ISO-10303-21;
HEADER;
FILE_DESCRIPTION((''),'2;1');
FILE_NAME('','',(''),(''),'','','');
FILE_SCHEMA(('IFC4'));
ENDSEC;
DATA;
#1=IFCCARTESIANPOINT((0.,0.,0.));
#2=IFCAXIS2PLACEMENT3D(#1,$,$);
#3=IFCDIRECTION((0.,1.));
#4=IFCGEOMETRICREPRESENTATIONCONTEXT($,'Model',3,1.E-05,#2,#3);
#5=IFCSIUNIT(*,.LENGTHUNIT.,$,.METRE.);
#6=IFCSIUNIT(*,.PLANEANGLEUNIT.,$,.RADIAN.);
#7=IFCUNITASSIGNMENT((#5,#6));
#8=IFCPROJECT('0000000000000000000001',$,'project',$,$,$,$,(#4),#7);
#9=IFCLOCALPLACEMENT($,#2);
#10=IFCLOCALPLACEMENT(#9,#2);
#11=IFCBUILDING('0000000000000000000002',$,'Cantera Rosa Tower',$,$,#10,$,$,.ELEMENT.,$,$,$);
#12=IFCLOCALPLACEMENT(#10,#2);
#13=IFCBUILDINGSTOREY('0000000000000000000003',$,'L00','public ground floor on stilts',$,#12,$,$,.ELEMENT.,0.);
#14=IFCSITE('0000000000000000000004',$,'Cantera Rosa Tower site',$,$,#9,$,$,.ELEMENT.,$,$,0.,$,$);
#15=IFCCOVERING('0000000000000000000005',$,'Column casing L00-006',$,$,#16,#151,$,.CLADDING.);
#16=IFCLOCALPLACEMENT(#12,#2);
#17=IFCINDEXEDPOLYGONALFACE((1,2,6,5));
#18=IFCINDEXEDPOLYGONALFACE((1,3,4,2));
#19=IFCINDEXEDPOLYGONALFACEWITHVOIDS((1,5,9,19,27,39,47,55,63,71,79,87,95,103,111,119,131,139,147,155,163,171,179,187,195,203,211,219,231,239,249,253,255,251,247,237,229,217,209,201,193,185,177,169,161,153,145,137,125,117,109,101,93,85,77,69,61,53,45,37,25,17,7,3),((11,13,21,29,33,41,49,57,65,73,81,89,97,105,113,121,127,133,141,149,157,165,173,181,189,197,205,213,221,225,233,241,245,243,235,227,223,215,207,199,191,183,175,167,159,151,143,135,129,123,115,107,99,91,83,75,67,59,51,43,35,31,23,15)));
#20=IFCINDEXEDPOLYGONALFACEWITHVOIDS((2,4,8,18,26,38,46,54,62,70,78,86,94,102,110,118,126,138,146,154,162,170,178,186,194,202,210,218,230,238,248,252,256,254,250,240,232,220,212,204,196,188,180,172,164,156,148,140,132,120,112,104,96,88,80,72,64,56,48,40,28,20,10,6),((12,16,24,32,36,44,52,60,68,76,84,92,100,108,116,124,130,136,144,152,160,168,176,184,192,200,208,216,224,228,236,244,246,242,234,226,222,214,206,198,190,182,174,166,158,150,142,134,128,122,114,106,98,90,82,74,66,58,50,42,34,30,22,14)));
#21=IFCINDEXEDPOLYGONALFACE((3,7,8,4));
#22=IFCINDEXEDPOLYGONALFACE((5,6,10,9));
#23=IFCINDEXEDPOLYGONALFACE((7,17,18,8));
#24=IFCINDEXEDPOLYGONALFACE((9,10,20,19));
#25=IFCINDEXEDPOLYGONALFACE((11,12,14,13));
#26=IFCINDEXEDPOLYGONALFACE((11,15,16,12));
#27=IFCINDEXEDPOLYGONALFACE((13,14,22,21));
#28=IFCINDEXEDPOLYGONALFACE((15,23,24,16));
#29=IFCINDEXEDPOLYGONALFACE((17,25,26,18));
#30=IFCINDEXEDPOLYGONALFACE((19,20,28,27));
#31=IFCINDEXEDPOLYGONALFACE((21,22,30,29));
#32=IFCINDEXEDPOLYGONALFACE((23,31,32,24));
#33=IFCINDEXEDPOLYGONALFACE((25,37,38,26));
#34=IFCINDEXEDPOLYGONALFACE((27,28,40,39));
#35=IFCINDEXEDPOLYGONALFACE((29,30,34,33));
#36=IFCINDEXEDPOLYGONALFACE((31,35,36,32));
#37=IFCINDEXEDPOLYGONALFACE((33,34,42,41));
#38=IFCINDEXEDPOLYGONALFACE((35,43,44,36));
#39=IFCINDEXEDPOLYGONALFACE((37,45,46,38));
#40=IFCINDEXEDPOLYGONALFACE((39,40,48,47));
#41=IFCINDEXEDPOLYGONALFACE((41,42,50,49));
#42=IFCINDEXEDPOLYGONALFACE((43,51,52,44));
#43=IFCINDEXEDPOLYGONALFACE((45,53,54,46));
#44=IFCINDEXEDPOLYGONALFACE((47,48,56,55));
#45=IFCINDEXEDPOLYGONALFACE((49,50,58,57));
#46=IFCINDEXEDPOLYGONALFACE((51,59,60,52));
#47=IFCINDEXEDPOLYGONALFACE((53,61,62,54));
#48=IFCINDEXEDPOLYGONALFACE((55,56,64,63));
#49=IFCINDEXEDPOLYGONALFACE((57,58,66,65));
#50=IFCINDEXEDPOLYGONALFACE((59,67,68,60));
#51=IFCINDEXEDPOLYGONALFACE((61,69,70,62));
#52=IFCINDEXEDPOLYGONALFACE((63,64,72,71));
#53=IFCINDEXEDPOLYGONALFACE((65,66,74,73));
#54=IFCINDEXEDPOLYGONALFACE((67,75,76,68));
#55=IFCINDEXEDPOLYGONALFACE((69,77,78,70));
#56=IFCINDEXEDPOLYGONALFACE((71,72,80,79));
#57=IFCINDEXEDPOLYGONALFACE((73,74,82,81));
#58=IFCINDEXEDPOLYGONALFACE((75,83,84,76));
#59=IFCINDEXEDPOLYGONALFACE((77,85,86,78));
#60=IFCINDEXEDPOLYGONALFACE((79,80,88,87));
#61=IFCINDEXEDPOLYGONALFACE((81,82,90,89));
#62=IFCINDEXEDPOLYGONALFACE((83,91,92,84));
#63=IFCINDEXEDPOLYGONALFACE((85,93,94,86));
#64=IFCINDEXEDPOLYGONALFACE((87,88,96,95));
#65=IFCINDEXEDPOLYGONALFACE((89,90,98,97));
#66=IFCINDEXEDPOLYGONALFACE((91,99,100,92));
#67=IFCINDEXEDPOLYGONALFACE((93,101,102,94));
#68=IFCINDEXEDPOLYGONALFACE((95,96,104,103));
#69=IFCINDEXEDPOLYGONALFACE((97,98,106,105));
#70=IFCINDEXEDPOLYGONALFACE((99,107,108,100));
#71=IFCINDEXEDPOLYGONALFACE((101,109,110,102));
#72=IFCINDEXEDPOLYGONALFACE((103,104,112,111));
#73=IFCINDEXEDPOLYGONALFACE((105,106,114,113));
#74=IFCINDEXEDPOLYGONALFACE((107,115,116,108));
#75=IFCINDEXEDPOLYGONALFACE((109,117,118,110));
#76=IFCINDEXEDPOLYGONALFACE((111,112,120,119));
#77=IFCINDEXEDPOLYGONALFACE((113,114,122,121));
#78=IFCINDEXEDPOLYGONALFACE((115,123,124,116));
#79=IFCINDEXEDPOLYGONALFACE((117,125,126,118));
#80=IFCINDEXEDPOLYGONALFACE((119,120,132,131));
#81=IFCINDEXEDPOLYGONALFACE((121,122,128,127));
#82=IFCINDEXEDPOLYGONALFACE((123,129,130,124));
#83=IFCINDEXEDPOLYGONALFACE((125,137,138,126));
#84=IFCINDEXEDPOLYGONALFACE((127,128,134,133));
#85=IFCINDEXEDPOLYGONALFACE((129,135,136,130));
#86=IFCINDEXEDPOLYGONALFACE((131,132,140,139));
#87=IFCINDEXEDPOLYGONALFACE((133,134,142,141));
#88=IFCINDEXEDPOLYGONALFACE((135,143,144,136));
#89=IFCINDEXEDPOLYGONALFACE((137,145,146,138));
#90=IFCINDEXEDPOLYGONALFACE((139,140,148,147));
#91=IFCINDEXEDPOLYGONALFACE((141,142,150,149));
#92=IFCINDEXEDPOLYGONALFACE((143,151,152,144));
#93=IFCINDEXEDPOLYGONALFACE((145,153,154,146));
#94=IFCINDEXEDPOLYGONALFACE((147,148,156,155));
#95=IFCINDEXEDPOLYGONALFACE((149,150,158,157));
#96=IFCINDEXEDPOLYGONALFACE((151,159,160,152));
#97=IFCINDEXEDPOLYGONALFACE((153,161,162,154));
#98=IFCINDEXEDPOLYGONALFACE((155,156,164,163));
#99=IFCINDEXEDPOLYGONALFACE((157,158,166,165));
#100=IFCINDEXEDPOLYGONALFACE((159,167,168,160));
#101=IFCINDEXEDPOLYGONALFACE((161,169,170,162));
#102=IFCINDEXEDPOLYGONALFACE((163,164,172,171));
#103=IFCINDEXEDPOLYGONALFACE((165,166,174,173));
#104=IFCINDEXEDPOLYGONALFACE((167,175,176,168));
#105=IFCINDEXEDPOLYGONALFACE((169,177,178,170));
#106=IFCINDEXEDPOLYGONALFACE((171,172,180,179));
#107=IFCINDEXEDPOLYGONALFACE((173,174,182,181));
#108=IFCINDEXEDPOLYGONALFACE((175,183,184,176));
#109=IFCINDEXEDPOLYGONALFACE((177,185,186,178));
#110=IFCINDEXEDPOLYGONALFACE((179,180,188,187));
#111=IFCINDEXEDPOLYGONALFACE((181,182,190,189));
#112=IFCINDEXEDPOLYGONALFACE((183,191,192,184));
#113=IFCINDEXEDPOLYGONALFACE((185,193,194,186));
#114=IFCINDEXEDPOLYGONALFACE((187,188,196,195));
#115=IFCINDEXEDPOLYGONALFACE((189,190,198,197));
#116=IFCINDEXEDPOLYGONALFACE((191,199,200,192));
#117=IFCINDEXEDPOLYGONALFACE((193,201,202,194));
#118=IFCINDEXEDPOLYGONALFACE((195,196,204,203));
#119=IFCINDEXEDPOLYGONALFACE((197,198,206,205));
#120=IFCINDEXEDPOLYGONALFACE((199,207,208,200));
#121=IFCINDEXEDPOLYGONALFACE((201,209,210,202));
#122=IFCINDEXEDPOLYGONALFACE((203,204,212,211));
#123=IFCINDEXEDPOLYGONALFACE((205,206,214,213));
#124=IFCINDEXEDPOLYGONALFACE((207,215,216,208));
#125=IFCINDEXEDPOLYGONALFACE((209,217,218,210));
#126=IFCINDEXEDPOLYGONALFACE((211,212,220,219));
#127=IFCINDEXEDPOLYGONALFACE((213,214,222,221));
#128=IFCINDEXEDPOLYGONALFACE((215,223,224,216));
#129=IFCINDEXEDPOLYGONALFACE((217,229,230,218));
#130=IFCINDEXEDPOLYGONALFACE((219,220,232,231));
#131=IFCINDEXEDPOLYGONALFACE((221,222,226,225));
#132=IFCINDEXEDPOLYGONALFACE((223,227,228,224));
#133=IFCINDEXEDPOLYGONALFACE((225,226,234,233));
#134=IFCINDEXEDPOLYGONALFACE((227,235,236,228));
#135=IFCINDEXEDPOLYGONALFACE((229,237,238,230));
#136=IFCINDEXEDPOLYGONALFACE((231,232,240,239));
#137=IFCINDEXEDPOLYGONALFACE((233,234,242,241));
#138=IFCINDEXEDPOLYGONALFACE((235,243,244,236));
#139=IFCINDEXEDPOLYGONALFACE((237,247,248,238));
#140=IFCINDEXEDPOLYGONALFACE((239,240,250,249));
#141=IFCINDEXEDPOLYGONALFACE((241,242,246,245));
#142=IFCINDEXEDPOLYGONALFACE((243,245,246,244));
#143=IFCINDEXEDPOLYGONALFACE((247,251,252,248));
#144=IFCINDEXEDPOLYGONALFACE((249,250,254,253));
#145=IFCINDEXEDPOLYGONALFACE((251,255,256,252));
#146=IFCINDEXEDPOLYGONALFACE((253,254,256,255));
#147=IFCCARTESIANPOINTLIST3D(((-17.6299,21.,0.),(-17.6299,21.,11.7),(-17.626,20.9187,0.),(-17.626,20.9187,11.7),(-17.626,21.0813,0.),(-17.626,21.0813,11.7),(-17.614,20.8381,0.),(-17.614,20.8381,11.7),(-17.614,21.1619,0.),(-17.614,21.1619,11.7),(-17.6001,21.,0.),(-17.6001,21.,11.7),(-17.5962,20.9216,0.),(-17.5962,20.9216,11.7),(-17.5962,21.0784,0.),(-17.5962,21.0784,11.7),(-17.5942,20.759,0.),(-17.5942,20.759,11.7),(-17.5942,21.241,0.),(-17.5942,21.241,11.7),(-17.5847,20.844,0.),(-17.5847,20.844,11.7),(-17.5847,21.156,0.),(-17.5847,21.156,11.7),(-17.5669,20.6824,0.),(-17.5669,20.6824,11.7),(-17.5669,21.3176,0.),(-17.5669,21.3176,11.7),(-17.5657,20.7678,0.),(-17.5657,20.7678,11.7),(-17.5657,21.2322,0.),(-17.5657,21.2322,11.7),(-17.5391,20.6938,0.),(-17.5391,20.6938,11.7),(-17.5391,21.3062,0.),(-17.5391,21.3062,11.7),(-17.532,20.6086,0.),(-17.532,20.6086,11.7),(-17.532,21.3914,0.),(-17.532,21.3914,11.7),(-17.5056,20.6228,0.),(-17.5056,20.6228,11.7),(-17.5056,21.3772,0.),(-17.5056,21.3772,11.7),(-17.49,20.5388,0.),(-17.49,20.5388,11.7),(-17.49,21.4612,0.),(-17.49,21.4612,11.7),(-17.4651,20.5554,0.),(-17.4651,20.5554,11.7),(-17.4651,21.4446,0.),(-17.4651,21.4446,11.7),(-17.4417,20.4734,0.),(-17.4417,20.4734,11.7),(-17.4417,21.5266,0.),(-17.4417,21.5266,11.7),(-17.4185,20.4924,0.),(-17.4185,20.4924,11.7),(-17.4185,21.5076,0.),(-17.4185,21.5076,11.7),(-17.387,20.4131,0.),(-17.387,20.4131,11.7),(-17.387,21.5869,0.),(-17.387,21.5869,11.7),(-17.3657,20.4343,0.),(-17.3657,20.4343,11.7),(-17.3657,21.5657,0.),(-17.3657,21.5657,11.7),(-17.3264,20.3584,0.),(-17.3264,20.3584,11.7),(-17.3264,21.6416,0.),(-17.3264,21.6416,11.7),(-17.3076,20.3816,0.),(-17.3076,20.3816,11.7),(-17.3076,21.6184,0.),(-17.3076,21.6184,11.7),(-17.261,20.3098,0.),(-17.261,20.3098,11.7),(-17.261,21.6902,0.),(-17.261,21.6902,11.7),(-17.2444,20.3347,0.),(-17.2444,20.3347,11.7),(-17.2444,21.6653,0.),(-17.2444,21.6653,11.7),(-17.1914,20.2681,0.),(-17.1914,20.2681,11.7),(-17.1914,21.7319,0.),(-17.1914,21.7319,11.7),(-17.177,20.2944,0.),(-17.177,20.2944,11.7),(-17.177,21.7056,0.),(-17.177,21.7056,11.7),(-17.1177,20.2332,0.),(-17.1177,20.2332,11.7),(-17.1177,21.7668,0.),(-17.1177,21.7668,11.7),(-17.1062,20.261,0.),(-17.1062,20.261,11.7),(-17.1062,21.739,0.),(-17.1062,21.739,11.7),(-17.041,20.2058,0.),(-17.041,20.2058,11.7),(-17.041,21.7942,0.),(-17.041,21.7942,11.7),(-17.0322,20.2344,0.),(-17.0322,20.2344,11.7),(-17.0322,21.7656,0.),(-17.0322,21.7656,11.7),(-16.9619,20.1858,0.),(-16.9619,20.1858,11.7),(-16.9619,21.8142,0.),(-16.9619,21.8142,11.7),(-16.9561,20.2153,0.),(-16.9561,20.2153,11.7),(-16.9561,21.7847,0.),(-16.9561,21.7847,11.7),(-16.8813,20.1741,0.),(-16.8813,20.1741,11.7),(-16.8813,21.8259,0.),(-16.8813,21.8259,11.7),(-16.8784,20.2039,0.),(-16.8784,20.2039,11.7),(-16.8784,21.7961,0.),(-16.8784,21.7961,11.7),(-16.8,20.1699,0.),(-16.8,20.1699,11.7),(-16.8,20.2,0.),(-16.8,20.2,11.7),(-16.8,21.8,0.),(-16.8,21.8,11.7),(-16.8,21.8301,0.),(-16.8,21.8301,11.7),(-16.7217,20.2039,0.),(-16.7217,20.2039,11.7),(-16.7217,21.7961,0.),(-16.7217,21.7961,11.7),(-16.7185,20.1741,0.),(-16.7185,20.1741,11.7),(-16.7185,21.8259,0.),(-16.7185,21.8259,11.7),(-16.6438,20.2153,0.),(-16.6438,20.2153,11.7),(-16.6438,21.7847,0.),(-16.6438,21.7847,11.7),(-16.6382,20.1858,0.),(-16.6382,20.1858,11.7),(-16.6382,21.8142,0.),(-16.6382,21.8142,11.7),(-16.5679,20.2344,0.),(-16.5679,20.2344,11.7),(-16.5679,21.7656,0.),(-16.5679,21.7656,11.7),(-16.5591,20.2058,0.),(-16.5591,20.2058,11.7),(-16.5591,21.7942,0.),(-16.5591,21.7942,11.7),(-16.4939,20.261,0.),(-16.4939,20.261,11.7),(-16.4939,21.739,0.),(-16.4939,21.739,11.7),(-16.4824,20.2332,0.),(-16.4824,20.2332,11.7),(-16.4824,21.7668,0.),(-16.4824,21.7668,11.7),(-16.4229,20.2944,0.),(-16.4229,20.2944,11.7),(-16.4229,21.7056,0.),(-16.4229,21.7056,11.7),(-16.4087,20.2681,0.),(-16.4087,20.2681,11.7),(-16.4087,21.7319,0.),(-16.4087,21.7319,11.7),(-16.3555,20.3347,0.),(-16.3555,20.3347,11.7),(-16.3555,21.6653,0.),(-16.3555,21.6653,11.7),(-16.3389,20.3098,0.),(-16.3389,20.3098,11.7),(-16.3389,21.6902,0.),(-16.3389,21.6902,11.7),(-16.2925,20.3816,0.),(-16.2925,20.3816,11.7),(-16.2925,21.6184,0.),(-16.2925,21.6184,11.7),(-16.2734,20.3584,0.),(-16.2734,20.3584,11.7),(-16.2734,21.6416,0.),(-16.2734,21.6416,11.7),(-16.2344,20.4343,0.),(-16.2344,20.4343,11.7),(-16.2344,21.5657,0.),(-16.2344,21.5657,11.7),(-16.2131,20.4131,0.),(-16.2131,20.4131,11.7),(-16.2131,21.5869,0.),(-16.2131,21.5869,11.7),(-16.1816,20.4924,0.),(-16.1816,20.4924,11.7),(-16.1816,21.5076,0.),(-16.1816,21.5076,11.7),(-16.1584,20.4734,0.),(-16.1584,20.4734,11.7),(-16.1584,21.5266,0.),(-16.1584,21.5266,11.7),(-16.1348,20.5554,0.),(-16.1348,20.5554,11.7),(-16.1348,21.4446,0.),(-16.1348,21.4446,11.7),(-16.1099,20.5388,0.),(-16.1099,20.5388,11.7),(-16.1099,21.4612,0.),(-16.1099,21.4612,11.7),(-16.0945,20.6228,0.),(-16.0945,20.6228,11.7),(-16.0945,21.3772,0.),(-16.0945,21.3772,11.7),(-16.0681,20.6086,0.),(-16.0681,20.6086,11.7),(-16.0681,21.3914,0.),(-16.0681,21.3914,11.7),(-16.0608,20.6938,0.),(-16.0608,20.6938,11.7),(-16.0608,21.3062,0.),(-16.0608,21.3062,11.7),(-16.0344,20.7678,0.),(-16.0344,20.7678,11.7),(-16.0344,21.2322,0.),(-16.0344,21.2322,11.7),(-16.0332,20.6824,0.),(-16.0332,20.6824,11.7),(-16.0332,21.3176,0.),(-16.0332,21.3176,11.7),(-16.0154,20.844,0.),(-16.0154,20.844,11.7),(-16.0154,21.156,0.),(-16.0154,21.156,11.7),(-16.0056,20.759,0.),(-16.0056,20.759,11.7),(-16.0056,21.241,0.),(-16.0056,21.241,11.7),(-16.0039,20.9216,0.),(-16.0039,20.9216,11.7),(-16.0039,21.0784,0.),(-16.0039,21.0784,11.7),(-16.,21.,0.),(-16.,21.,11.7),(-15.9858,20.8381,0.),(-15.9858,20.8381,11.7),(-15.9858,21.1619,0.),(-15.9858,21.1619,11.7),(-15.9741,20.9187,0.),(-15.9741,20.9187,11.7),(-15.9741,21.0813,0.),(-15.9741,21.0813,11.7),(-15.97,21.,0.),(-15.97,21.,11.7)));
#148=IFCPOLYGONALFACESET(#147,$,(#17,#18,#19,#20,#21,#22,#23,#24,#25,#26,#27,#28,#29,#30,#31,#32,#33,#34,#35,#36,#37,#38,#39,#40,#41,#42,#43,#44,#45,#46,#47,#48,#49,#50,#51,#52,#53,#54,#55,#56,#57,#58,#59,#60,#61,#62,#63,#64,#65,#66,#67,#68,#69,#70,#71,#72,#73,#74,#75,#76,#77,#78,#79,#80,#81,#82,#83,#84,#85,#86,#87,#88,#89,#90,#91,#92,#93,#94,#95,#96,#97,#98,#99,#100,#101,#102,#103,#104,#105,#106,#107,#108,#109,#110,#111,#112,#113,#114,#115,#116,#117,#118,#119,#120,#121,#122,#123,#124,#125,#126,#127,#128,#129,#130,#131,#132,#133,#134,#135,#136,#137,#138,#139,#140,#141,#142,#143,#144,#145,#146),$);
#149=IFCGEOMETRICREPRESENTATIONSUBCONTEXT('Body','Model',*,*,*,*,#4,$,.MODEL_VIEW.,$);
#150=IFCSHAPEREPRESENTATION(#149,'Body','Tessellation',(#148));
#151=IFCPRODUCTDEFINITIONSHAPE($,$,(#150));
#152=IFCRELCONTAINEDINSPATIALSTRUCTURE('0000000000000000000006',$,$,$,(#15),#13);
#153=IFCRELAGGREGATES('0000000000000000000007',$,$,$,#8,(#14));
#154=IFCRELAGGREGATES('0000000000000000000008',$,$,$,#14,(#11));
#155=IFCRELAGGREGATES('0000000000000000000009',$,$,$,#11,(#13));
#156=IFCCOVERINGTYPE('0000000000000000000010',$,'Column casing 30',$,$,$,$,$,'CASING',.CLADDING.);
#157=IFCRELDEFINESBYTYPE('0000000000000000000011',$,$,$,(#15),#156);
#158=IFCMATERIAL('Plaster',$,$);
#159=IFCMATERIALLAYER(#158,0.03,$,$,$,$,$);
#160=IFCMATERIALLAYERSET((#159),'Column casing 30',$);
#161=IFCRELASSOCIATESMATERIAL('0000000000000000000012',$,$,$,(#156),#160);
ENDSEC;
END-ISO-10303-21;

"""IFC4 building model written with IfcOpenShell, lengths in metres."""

from ifc_helpers import new_model, si_unit, direction, origin, place, context, subcontext, project, spatial, polyline, outline, extrude, material, layer, layer_set, type_object, element, save


model = new_model("IFC4")

# Units and contexts
model_context = context("Model", 3, precision=1e-05, world=origin(), true_north=direction((0.0, 1.0)))
body_context = subcontext(model_context, "Body", "Model", "MODEL_VIEW")
ifc_project = project(units=[si_unit("LENGTHUNIT", "METRE"), si_unit("PLANEANGLEUNIT", "RADIAN")], contexts=[model_context])

# Site, building, storey
site_placement = place(None, origin())
site = spatial("IfcSite", under=ifc_project, at=site_placement, Name="Cantera Rosa Tower site", CompositionType="ELEMENT", RefElevation=0.0)
building_placement = place(site_placement, origin())
building = spatial("IfcBuilding", under=site, at=building_placement, Name="Cantera Rosa Tower", CompositionType="ELEMENT")
storey_placement = place(building_placement, origin())
storey = spatial("IfcBuildingStorey", under=building, at=storey_placement, Name="L00", Description="public ground floor on stilts", CompositionType="ELEMENT", Elevation=0.0)

# Covering
ifc_material_1 = material(Name="Plaster")
ifc_layer_1 = layer(ifc_material_1, 0.03)
ifc_layer_set_1 = layer_set([ifc_layer_1], Name="Column casing 30")
covering_type = type_object("IfcCoveringType", Name="Column casing 30", ElementType="CASING", PredefinedType="CLADDING", material=ifc_layer_set_1)
covering_1_placement = place(storey_placement, origin())
element("IfcCovering", 1, at=covering_1_placement, inside=storey, type_object=covering_type, Name="Column casing L00-006", PredefinedType="CLADDING", context=body_context, shape_type="SweptSolid", body=[
    extrude(outline(polyline([(-15.9741, 20.9187), (-15.97, 21.0), (-15.9741, 21.0813), (-15.9858, 21.1619), (-16.0056, 21.241), (-16.0332, 21.3176), (-16.0681, 21.3914), (-16.1099, 21.4612), (-16.1584, 21.5266), (-16.2131, 21.5869), (-16.2734, 21.6416), (-16.3389, 21.6902), (-16.4087, 21.7319), (-16.4824, 21.7668), (-16.5591, 21.7942), (-16.6382, 21.8142), (-16.7185, 21.8259), (-16.8, 21.8301), (-16.8813, 21.8259), (-16.9619, 21.8142), (-17.041, 21.7942), (-17.1177, 21.7668), (-17.1914, 21.7319), (-17.261, 21.6902), (-17.3264, 21.6416), (-17.387, 21.5869), (-17.4417, 21.5266), (-17.49, 21.4612), (-17.532, 21.3914), (-17.5669, 21.3176), (-17.5942, 21.241), (-17.614, 21.1619), (-17.626, 21.0813), (-17.6299, 21.0), (-17.626, 20.9187), (-17.614, 20.8381), (-17.5942, 20.759), (-17.5669, 20.6824), (-17.532, 20.6086), (-17.49, 20.5388), (-17.4417, 20.4734), (-17.387, 20.4131), (-17.3264, 20.3584), (-17.261, 20.3098), (-17.1914, 20.2681), (-17.1177, 20.2332), (-17.041, 20.2058), (-16.9619, 20.1858), (-16.8813, 20.1741), (-16.8, 20.1699), (-16.7185, 20.1741), (-16.6382, 20.1858), (-16.5591, 20.2058), (-16.4824, 20.2332), (-16.4087, 20.2681), (-16.3389, 20.3098), (-16.2734, 20.3584), (-16.2131, 20.4131), (-16.1584, 20.4734), (-16.1099, 20.5388), (-16.0681, 20.6086), (-16.0332, 20.6824), (-16.0056, 20.759), (-15.9858, 20.8381), (-15.9741, 20.9187)]), holes=[polyline([(-16.0039, 21.0784), (-16.0154, 21.156), (-16.0344, 21.2322), (-16.0608, 21.3062), (-16.0945, 21.3772), (-16.1348, 21.4446), (-16.1816, 21.5076), (-16.2344, 21.5657), (-16.2925, 21.6184), (-16.3555, 21.6653), (-16.4229, 21.7056), (-16.4939, 21.739), (-16.5679, 21.7656), (-16.6438, 21.7847), (-16.7217, 21.7961), (-16.8, 21.8), (-16.8784, 21.7961), (-16.9561, 21.7847), (-17.0322, 21.7656), (-17.1062, 21.739), (-17.177, 21.7056), (-17.2444, 21.6653), (-17.3076, 21.6184), (-17.3657, 21.5657), (-17.4185, 21.5076), (-17.4651, 21.4446), (-17.5056, 21.3772), (-17.5391, 21.3062), (-17.5657, 21.2322), (-17.5847, 21.156), (-17.5962, 21.0784), (-17.6001, 21.0), (-17.5962, 20.9216), (-17.5847, 20.844), (-17.5657, 20.7678), (-17.5391, 20.6938), (-17.5056, 20.6228), (-17.4651, 20.5554), (-17.4185, 20.4924), (-17.3657, 20.4343), (-17.3076, 20.3816), (-17.2444, 20.3347), (-17.177, 20.2944), (-17.1062, 20.261), (-17.0322, 20.2344), (-16.9561, 20.2153), (-16.8784, 20.2039), (-16.8, 20.2), (-16.7217, 20.2039), (-16.6438, 20.2153), (-16.5679, 20.2344), (-16.4939, 20.261), (-16.4229, 20.2944), (-16.3555, 20.3347), (-16.2925, 20.3816), (-16.2344, 20.4343), (-16.1816, 20.4924), (-16.1348, 20.5554), (-16.0945, 20.6228), (-16.0608, 20.6938), (-16.0344, 20.7678), (-16.0154, 20.844), (-16.0039, 20.9216), (-16.0, 21.0), (-16.0039, 21.0784)])]), origin(), (0.0, 0.0, 1.0), 11.7),
])

save(model, "model.ifc")
